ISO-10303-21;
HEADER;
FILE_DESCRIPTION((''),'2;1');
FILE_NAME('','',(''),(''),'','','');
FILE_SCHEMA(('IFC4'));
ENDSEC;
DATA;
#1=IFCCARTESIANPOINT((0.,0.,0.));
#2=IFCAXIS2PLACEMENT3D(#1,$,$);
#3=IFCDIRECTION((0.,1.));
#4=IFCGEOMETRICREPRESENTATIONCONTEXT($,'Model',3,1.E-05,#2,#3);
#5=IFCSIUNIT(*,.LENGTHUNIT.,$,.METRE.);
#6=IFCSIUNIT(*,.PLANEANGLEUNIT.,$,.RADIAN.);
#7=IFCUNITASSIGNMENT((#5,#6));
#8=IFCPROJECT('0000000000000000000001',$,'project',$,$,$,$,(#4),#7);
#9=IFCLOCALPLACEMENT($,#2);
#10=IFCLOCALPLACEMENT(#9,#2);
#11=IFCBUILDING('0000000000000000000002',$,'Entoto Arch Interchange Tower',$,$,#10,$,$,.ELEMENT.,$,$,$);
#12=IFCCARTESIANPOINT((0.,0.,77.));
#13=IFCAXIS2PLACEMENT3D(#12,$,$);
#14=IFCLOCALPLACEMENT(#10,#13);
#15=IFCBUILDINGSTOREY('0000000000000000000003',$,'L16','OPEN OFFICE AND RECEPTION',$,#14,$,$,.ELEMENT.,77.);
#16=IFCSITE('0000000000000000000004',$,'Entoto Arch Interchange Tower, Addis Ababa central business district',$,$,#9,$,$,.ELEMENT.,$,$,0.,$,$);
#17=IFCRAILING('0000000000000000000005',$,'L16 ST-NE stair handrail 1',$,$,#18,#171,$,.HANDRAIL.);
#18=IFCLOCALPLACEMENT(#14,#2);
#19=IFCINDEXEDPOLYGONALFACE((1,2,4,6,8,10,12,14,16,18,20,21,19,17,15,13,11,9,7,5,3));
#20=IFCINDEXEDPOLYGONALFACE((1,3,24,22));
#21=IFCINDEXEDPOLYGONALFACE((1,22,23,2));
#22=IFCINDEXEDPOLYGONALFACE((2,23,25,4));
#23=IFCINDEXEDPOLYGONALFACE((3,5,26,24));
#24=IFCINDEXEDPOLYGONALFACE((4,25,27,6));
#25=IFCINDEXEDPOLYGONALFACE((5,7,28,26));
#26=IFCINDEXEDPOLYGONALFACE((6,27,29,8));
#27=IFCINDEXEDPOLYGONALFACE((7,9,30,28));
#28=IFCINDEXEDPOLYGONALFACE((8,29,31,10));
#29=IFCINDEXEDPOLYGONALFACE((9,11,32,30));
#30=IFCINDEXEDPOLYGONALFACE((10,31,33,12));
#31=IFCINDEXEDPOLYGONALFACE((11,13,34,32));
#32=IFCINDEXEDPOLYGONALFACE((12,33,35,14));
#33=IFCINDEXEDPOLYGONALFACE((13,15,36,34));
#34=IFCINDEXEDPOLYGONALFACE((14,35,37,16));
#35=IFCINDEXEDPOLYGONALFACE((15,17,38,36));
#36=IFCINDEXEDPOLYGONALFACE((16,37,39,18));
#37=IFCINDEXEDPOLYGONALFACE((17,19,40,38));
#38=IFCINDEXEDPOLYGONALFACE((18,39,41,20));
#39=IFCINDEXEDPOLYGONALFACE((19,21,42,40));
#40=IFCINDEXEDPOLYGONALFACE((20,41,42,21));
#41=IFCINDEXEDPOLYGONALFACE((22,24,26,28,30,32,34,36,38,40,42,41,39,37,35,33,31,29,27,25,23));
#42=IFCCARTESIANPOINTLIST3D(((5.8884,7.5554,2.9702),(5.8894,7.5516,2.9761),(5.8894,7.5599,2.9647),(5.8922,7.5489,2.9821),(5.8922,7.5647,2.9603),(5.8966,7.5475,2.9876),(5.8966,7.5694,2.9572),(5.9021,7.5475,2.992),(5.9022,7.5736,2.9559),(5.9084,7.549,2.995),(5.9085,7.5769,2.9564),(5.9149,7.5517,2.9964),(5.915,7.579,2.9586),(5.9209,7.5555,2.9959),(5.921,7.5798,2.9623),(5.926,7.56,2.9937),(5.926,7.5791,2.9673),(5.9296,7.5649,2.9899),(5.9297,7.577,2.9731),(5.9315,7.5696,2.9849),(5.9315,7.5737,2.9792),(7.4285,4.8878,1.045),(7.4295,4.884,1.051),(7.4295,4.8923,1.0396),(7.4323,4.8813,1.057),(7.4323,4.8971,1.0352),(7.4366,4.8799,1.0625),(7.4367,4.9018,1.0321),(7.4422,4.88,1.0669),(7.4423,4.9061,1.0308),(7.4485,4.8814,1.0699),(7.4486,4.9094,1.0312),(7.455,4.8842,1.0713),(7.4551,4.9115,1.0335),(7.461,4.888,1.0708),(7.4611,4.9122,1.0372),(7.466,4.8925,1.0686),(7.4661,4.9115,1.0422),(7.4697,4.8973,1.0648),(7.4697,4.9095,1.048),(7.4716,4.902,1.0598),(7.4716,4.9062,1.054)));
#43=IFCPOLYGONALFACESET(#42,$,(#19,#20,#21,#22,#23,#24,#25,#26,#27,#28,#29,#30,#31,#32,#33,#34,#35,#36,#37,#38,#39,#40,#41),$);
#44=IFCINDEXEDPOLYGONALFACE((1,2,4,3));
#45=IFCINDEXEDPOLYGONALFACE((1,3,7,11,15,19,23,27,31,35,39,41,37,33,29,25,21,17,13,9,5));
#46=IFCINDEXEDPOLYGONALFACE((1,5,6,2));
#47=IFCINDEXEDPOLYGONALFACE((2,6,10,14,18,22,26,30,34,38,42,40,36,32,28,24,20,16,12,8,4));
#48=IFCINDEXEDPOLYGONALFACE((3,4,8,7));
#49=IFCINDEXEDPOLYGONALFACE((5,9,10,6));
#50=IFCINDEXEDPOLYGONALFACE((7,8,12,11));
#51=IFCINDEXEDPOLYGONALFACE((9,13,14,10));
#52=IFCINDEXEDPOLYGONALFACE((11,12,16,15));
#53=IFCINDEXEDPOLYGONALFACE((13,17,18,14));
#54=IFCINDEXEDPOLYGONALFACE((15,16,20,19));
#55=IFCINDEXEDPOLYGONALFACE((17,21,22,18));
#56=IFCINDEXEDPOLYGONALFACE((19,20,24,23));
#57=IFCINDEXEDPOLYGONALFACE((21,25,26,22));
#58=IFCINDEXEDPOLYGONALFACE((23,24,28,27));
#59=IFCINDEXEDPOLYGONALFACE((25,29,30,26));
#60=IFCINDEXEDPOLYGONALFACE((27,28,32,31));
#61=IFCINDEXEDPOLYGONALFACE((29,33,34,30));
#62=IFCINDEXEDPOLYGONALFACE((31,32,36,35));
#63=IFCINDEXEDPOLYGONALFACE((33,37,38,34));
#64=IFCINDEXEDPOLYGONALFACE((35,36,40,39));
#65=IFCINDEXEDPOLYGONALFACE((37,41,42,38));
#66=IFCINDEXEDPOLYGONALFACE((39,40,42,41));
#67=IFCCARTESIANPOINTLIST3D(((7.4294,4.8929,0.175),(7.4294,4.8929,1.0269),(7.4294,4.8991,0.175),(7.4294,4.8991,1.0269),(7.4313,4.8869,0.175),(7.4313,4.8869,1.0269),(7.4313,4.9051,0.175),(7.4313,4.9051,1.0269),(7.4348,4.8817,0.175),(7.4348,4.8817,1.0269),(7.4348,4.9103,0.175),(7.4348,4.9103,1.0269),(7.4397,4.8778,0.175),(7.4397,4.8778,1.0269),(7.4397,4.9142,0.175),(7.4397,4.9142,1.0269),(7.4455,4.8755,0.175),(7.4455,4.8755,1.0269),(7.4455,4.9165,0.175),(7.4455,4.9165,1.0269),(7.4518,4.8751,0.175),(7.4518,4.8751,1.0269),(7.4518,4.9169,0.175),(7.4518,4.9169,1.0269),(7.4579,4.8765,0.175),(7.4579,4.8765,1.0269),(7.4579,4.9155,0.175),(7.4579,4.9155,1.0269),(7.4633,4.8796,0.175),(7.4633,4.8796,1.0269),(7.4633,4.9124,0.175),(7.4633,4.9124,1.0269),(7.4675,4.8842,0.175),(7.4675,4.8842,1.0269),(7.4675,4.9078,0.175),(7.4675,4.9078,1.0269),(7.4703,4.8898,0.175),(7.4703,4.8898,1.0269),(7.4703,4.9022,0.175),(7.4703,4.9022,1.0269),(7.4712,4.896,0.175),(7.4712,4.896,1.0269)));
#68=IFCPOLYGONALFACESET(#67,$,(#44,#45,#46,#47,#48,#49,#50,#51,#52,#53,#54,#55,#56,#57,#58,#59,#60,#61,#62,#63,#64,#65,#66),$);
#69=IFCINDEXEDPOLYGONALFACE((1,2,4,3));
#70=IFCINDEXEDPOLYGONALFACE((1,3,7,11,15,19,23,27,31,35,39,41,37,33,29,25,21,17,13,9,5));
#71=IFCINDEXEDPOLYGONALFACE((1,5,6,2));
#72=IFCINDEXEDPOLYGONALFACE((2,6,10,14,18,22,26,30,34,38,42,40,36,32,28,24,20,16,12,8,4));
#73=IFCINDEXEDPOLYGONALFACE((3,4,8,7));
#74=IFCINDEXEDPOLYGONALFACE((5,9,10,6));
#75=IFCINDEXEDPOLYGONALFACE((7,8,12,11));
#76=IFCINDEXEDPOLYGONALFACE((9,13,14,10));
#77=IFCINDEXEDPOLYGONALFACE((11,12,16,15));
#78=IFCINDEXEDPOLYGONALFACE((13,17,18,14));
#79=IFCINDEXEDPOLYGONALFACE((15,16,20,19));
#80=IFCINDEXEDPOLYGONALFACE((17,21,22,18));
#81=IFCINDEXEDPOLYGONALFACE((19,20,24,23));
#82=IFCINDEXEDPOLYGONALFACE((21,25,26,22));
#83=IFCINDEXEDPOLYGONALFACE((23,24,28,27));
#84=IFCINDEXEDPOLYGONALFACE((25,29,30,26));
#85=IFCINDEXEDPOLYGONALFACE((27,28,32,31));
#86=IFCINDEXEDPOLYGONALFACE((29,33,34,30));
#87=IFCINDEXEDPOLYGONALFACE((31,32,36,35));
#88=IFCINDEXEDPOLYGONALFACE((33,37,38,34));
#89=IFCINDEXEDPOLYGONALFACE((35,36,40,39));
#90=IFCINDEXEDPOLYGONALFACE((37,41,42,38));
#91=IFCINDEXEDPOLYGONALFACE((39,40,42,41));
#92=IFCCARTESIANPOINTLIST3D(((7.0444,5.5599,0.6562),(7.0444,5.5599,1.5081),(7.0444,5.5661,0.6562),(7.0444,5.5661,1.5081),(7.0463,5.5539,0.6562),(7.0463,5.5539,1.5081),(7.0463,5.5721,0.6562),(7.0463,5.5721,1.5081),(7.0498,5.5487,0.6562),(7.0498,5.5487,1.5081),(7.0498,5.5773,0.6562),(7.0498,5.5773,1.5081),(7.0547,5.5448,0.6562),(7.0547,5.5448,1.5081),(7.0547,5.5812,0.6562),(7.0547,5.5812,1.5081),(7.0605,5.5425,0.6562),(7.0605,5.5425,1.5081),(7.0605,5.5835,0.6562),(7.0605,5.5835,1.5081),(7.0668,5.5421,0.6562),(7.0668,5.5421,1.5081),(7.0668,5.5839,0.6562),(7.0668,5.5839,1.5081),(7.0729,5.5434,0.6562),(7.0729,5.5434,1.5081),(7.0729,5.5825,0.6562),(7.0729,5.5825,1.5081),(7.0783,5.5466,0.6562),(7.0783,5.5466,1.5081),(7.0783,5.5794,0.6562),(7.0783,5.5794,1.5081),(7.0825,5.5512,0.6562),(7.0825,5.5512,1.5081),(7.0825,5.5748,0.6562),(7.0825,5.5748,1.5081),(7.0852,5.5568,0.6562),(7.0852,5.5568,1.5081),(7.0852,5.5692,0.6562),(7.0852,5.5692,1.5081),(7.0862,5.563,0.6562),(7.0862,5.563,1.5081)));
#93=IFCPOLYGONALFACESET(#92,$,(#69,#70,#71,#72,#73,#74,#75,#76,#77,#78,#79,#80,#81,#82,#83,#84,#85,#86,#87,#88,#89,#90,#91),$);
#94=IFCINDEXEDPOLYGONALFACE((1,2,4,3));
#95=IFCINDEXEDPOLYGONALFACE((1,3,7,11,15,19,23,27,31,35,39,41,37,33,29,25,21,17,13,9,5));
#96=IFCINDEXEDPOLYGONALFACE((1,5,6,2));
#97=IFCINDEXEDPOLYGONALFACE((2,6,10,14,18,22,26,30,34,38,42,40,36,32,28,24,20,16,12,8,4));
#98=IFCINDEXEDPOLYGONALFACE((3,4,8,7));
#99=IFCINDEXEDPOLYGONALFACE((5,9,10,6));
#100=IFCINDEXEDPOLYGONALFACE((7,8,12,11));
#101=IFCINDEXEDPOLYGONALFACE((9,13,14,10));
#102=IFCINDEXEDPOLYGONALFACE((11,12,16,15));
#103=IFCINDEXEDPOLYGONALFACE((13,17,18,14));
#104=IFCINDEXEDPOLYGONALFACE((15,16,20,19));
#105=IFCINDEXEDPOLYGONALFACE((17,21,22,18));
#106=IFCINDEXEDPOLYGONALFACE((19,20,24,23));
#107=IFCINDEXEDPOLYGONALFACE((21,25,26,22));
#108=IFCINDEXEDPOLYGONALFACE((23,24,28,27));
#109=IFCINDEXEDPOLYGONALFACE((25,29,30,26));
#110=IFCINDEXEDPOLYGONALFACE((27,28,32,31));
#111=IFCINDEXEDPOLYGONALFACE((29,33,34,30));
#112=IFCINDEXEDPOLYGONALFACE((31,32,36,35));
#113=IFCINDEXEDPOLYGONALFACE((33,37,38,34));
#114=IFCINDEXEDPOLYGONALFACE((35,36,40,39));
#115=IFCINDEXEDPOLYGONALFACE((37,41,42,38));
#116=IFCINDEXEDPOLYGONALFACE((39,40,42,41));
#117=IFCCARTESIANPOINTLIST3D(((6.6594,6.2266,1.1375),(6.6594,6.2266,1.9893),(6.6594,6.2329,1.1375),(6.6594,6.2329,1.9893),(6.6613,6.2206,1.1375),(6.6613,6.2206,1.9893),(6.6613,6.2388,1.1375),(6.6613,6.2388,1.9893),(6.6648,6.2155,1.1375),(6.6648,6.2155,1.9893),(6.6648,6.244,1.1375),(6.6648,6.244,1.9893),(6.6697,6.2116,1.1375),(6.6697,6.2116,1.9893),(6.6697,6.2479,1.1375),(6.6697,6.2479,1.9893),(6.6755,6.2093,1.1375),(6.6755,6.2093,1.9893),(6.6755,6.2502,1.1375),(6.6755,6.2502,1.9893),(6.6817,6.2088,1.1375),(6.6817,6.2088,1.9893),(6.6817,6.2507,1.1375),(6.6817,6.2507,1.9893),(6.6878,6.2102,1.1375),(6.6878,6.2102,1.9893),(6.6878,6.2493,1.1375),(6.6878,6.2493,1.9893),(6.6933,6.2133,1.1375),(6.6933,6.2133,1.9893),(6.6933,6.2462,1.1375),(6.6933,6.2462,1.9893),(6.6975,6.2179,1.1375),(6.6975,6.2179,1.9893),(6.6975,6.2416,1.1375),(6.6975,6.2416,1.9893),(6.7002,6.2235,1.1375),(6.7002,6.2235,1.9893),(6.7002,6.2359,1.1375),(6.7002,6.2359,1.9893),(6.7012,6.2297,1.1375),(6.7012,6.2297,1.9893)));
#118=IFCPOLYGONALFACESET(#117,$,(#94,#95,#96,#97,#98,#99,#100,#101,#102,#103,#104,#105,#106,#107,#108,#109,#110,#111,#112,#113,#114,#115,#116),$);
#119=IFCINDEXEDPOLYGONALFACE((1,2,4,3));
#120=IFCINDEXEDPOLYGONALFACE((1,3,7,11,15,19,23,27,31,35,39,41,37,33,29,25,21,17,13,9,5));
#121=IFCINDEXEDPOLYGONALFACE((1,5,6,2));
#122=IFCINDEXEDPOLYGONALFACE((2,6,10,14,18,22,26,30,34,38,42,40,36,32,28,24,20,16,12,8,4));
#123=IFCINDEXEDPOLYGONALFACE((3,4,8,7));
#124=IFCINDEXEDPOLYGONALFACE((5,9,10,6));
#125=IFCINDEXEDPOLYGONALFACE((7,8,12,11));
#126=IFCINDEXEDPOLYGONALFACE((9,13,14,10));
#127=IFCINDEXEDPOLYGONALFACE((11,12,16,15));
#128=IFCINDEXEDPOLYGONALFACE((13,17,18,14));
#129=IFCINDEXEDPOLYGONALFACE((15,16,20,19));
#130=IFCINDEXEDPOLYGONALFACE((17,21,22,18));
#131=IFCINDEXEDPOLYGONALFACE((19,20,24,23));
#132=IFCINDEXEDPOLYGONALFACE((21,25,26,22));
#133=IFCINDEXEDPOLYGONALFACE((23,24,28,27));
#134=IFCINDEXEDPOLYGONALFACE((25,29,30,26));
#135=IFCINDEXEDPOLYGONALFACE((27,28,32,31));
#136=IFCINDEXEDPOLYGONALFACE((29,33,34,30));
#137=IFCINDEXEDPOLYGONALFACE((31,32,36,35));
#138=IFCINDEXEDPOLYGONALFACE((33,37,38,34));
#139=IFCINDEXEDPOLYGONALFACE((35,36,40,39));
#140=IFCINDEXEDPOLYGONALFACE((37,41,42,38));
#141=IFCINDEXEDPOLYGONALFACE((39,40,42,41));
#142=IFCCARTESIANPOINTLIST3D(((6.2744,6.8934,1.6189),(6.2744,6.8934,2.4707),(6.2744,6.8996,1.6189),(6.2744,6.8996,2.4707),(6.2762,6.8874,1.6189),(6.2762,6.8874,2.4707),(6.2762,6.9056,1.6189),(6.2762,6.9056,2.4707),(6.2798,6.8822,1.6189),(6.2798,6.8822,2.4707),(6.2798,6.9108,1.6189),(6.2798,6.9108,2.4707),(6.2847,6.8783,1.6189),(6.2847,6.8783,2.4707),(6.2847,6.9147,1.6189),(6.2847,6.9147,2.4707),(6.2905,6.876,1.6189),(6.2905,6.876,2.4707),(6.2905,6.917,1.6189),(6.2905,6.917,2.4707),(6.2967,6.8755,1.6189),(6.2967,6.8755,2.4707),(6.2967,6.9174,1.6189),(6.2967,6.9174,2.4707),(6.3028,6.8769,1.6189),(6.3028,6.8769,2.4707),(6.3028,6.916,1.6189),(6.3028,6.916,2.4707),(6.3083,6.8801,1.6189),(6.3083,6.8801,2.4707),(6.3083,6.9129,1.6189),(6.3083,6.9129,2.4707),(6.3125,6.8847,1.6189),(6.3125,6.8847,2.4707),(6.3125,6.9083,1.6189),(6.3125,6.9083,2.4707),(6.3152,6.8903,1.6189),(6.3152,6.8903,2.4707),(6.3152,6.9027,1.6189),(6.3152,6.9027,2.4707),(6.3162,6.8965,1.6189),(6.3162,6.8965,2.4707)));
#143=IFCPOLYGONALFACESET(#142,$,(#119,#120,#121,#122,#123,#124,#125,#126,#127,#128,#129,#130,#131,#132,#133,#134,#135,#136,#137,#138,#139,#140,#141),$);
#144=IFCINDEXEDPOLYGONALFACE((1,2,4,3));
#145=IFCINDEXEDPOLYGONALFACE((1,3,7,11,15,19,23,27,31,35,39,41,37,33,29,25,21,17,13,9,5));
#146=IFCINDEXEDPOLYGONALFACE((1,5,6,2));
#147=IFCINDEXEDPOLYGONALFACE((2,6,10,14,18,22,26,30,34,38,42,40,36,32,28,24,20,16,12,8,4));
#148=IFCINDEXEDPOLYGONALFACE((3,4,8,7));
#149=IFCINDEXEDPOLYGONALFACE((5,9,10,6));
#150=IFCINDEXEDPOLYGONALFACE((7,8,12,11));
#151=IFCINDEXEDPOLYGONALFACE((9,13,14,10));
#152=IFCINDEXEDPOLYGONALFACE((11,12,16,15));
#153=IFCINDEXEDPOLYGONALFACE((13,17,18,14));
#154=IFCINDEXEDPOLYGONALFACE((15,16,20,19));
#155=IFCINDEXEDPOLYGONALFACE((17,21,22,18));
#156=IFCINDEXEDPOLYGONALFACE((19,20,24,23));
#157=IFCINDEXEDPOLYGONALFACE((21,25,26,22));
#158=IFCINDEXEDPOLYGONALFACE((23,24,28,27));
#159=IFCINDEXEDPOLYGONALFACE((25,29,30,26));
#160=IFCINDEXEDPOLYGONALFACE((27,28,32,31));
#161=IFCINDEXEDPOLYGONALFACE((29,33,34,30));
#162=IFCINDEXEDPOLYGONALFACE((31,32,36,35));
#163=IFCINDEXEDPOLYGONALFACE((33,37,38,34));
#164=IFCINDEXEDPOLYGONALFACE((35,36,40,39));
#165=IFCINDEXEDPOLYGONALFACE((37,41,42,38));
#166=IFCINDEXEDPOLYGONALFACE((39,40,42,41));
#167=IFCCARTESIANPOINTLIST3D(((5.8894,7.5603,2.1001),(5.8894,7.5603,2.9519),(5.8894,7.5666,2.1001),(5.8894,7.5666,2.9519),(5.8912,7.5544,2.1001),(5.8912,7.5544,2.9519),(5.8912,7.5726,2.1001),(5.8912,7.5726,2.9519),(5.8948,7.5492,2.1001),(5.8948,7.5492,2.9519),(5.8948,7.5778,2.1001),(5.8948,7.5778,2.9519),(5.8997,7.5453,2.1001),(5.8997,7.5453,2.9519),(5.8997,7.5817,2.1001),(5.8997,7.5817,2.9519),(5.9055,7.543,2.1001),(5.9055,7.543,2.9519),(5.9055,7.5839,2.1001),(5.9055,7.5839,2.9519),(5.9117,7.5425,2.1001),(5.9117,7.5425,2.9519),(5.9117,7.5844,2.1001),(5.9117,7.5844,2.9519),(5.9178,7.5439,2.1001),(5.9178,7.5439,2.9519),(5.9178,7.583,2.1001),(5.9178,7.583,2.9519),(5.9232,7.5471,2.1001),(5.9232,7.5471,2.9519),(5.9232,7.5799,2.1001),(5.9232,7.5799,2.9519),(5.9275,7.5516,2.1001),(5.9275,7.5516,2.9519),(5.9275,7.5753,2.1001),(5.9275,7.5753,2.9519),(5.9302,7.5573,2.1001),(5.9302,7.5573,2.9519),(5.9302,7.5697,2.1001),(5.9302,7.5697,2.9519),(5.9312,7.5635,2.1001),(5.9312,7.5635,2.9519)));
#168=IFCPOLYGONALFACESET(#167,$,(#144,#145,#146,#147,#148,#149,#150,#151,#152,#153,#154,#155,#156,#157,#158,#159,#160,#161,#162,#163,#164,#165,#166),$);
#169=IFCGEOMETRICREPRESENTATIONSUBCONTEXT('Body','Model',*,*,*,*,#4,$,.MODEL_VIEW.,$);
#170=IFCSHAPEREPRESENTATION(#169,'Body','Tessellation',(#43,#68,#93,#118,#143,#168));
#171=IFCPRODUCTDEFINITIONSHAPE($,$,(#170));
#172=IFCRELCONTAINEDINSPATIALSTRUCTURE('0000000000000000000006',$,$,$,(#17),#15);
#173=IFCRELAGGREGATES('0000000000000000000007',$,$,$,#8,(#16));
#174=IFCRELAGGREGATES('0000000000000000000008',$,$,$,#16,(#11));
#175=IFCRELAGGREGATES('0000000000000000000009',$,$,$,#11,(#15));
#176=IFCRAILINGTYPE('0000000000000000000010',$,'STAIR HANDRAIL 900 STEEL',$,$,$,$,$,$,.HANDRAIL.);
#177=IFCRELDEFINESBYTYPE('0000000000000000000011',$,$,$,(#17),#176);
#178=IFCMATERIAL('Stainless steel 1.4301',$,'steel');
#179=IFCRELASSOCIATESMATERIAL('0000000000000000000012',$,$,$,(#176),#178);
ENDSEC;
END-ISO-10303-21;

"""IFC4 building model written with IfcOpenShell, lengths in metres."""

from ifc_helpers import new_model, si_unit, direction, frame, origin, origin_2d, place, context, subcontext, project, spatial, circle, extrude, material, type_object, element, save


model = new_model("IFC4")

# Units and contexts
model_context = context("Model", 3, precision=1e-05, world=origin(), true_north=direction((0.0, 1.0)))
body_context = subcontext(model_context, "Body", "Model", "MODEL_VIEW")
ifc_project = project(units=[si_unit("LENGTHUNIT", "METRE"), si_unit("PLANEANGLEUNIT", "RADIAN")], contexts=[model_context])

# Site, building, storey
site_placement = place(None, origin())
site = spatial("IfcSite", under=ifc_project, at=site_placement, Name="Entoto Arch Interchange Tower, Addis Ababa central business district", CompositionType="ELEMENT", RefElevation=0.0)
building_placement = place(site_placement, origin())
building = spatial("IfcBuilding", under=site, at=building_placement, Name="Entoto Arch Interchange Tower", CompositionType="ELEMENT")
storey_placement = place(building_placement, frame((0.0, 0.0, 77.0)))
storey = spatial("IfcBuildingStorey", under=building, at=storey_placement, Name="L16", Description="OPEN OFFICE AND RECEPTION", CompositionType="ELEMENT", Elevation=77.0)

# Railing
ifc_material_1 = material(Name="Stainless steel 1.4301", Category="steel")
railing_type_1 = type_object("IfcRailingType", Name="STAIR HANDRAIL 900 STEEL", PredefinedType="HANDRAIL", material=ifc_material_1)
railing_1_placement = place(storey_placement, frame((7.4502, 4.896, 0.175)))
element("IfcRailing", 1, at=railing_1_placement, inside=storey, type_object=railing_type_1, Name="L16 ST-NE stair handrail 1", PredefinedType="HANDRAIL", context=body_context, shape_type="SweptSolid", body=[
    extrude(circle(Radius=0.0239, at=origin_2d()), frame((0.0, 0.0, 0.876), z_axis=(-0.423994, 0.734395, 0.529993), x_axis=(-0.86603, -0.499992, 0.0)), (0.0, 0.0, 1.0), 3.6323),
    extrude(circle(Radius=0.021, at=origin_2d()), origin(), (0.0, 0.0, 1.0), 0.8518),
    extrude(circle(Radius=0.021, at=origin_2d()), frame((-0.385, 0.667, 0.4812)), (0.0, 0.0, 1.0), 0.8518),
    extrude(circle(Radius=0.021, at=origin_2d()), frame((-0.77, 1.3337, 0.9624)), (0.0, 0.0, 1.0), 0.8518),
    extrude(circle(Radius=0.021, at=origin_2d()), frame((-1.155, 2.0005, 1.4438)), (0.0, 0.0, 1.0), 0.8518),
    extrude(circle(Radius=0.021, at=origin_2d()), frame((-1.54, 2.6675, 1.925)), (0.0, 0.0, 1.0), 0.8518),
])

save(model, "model.ifc")
